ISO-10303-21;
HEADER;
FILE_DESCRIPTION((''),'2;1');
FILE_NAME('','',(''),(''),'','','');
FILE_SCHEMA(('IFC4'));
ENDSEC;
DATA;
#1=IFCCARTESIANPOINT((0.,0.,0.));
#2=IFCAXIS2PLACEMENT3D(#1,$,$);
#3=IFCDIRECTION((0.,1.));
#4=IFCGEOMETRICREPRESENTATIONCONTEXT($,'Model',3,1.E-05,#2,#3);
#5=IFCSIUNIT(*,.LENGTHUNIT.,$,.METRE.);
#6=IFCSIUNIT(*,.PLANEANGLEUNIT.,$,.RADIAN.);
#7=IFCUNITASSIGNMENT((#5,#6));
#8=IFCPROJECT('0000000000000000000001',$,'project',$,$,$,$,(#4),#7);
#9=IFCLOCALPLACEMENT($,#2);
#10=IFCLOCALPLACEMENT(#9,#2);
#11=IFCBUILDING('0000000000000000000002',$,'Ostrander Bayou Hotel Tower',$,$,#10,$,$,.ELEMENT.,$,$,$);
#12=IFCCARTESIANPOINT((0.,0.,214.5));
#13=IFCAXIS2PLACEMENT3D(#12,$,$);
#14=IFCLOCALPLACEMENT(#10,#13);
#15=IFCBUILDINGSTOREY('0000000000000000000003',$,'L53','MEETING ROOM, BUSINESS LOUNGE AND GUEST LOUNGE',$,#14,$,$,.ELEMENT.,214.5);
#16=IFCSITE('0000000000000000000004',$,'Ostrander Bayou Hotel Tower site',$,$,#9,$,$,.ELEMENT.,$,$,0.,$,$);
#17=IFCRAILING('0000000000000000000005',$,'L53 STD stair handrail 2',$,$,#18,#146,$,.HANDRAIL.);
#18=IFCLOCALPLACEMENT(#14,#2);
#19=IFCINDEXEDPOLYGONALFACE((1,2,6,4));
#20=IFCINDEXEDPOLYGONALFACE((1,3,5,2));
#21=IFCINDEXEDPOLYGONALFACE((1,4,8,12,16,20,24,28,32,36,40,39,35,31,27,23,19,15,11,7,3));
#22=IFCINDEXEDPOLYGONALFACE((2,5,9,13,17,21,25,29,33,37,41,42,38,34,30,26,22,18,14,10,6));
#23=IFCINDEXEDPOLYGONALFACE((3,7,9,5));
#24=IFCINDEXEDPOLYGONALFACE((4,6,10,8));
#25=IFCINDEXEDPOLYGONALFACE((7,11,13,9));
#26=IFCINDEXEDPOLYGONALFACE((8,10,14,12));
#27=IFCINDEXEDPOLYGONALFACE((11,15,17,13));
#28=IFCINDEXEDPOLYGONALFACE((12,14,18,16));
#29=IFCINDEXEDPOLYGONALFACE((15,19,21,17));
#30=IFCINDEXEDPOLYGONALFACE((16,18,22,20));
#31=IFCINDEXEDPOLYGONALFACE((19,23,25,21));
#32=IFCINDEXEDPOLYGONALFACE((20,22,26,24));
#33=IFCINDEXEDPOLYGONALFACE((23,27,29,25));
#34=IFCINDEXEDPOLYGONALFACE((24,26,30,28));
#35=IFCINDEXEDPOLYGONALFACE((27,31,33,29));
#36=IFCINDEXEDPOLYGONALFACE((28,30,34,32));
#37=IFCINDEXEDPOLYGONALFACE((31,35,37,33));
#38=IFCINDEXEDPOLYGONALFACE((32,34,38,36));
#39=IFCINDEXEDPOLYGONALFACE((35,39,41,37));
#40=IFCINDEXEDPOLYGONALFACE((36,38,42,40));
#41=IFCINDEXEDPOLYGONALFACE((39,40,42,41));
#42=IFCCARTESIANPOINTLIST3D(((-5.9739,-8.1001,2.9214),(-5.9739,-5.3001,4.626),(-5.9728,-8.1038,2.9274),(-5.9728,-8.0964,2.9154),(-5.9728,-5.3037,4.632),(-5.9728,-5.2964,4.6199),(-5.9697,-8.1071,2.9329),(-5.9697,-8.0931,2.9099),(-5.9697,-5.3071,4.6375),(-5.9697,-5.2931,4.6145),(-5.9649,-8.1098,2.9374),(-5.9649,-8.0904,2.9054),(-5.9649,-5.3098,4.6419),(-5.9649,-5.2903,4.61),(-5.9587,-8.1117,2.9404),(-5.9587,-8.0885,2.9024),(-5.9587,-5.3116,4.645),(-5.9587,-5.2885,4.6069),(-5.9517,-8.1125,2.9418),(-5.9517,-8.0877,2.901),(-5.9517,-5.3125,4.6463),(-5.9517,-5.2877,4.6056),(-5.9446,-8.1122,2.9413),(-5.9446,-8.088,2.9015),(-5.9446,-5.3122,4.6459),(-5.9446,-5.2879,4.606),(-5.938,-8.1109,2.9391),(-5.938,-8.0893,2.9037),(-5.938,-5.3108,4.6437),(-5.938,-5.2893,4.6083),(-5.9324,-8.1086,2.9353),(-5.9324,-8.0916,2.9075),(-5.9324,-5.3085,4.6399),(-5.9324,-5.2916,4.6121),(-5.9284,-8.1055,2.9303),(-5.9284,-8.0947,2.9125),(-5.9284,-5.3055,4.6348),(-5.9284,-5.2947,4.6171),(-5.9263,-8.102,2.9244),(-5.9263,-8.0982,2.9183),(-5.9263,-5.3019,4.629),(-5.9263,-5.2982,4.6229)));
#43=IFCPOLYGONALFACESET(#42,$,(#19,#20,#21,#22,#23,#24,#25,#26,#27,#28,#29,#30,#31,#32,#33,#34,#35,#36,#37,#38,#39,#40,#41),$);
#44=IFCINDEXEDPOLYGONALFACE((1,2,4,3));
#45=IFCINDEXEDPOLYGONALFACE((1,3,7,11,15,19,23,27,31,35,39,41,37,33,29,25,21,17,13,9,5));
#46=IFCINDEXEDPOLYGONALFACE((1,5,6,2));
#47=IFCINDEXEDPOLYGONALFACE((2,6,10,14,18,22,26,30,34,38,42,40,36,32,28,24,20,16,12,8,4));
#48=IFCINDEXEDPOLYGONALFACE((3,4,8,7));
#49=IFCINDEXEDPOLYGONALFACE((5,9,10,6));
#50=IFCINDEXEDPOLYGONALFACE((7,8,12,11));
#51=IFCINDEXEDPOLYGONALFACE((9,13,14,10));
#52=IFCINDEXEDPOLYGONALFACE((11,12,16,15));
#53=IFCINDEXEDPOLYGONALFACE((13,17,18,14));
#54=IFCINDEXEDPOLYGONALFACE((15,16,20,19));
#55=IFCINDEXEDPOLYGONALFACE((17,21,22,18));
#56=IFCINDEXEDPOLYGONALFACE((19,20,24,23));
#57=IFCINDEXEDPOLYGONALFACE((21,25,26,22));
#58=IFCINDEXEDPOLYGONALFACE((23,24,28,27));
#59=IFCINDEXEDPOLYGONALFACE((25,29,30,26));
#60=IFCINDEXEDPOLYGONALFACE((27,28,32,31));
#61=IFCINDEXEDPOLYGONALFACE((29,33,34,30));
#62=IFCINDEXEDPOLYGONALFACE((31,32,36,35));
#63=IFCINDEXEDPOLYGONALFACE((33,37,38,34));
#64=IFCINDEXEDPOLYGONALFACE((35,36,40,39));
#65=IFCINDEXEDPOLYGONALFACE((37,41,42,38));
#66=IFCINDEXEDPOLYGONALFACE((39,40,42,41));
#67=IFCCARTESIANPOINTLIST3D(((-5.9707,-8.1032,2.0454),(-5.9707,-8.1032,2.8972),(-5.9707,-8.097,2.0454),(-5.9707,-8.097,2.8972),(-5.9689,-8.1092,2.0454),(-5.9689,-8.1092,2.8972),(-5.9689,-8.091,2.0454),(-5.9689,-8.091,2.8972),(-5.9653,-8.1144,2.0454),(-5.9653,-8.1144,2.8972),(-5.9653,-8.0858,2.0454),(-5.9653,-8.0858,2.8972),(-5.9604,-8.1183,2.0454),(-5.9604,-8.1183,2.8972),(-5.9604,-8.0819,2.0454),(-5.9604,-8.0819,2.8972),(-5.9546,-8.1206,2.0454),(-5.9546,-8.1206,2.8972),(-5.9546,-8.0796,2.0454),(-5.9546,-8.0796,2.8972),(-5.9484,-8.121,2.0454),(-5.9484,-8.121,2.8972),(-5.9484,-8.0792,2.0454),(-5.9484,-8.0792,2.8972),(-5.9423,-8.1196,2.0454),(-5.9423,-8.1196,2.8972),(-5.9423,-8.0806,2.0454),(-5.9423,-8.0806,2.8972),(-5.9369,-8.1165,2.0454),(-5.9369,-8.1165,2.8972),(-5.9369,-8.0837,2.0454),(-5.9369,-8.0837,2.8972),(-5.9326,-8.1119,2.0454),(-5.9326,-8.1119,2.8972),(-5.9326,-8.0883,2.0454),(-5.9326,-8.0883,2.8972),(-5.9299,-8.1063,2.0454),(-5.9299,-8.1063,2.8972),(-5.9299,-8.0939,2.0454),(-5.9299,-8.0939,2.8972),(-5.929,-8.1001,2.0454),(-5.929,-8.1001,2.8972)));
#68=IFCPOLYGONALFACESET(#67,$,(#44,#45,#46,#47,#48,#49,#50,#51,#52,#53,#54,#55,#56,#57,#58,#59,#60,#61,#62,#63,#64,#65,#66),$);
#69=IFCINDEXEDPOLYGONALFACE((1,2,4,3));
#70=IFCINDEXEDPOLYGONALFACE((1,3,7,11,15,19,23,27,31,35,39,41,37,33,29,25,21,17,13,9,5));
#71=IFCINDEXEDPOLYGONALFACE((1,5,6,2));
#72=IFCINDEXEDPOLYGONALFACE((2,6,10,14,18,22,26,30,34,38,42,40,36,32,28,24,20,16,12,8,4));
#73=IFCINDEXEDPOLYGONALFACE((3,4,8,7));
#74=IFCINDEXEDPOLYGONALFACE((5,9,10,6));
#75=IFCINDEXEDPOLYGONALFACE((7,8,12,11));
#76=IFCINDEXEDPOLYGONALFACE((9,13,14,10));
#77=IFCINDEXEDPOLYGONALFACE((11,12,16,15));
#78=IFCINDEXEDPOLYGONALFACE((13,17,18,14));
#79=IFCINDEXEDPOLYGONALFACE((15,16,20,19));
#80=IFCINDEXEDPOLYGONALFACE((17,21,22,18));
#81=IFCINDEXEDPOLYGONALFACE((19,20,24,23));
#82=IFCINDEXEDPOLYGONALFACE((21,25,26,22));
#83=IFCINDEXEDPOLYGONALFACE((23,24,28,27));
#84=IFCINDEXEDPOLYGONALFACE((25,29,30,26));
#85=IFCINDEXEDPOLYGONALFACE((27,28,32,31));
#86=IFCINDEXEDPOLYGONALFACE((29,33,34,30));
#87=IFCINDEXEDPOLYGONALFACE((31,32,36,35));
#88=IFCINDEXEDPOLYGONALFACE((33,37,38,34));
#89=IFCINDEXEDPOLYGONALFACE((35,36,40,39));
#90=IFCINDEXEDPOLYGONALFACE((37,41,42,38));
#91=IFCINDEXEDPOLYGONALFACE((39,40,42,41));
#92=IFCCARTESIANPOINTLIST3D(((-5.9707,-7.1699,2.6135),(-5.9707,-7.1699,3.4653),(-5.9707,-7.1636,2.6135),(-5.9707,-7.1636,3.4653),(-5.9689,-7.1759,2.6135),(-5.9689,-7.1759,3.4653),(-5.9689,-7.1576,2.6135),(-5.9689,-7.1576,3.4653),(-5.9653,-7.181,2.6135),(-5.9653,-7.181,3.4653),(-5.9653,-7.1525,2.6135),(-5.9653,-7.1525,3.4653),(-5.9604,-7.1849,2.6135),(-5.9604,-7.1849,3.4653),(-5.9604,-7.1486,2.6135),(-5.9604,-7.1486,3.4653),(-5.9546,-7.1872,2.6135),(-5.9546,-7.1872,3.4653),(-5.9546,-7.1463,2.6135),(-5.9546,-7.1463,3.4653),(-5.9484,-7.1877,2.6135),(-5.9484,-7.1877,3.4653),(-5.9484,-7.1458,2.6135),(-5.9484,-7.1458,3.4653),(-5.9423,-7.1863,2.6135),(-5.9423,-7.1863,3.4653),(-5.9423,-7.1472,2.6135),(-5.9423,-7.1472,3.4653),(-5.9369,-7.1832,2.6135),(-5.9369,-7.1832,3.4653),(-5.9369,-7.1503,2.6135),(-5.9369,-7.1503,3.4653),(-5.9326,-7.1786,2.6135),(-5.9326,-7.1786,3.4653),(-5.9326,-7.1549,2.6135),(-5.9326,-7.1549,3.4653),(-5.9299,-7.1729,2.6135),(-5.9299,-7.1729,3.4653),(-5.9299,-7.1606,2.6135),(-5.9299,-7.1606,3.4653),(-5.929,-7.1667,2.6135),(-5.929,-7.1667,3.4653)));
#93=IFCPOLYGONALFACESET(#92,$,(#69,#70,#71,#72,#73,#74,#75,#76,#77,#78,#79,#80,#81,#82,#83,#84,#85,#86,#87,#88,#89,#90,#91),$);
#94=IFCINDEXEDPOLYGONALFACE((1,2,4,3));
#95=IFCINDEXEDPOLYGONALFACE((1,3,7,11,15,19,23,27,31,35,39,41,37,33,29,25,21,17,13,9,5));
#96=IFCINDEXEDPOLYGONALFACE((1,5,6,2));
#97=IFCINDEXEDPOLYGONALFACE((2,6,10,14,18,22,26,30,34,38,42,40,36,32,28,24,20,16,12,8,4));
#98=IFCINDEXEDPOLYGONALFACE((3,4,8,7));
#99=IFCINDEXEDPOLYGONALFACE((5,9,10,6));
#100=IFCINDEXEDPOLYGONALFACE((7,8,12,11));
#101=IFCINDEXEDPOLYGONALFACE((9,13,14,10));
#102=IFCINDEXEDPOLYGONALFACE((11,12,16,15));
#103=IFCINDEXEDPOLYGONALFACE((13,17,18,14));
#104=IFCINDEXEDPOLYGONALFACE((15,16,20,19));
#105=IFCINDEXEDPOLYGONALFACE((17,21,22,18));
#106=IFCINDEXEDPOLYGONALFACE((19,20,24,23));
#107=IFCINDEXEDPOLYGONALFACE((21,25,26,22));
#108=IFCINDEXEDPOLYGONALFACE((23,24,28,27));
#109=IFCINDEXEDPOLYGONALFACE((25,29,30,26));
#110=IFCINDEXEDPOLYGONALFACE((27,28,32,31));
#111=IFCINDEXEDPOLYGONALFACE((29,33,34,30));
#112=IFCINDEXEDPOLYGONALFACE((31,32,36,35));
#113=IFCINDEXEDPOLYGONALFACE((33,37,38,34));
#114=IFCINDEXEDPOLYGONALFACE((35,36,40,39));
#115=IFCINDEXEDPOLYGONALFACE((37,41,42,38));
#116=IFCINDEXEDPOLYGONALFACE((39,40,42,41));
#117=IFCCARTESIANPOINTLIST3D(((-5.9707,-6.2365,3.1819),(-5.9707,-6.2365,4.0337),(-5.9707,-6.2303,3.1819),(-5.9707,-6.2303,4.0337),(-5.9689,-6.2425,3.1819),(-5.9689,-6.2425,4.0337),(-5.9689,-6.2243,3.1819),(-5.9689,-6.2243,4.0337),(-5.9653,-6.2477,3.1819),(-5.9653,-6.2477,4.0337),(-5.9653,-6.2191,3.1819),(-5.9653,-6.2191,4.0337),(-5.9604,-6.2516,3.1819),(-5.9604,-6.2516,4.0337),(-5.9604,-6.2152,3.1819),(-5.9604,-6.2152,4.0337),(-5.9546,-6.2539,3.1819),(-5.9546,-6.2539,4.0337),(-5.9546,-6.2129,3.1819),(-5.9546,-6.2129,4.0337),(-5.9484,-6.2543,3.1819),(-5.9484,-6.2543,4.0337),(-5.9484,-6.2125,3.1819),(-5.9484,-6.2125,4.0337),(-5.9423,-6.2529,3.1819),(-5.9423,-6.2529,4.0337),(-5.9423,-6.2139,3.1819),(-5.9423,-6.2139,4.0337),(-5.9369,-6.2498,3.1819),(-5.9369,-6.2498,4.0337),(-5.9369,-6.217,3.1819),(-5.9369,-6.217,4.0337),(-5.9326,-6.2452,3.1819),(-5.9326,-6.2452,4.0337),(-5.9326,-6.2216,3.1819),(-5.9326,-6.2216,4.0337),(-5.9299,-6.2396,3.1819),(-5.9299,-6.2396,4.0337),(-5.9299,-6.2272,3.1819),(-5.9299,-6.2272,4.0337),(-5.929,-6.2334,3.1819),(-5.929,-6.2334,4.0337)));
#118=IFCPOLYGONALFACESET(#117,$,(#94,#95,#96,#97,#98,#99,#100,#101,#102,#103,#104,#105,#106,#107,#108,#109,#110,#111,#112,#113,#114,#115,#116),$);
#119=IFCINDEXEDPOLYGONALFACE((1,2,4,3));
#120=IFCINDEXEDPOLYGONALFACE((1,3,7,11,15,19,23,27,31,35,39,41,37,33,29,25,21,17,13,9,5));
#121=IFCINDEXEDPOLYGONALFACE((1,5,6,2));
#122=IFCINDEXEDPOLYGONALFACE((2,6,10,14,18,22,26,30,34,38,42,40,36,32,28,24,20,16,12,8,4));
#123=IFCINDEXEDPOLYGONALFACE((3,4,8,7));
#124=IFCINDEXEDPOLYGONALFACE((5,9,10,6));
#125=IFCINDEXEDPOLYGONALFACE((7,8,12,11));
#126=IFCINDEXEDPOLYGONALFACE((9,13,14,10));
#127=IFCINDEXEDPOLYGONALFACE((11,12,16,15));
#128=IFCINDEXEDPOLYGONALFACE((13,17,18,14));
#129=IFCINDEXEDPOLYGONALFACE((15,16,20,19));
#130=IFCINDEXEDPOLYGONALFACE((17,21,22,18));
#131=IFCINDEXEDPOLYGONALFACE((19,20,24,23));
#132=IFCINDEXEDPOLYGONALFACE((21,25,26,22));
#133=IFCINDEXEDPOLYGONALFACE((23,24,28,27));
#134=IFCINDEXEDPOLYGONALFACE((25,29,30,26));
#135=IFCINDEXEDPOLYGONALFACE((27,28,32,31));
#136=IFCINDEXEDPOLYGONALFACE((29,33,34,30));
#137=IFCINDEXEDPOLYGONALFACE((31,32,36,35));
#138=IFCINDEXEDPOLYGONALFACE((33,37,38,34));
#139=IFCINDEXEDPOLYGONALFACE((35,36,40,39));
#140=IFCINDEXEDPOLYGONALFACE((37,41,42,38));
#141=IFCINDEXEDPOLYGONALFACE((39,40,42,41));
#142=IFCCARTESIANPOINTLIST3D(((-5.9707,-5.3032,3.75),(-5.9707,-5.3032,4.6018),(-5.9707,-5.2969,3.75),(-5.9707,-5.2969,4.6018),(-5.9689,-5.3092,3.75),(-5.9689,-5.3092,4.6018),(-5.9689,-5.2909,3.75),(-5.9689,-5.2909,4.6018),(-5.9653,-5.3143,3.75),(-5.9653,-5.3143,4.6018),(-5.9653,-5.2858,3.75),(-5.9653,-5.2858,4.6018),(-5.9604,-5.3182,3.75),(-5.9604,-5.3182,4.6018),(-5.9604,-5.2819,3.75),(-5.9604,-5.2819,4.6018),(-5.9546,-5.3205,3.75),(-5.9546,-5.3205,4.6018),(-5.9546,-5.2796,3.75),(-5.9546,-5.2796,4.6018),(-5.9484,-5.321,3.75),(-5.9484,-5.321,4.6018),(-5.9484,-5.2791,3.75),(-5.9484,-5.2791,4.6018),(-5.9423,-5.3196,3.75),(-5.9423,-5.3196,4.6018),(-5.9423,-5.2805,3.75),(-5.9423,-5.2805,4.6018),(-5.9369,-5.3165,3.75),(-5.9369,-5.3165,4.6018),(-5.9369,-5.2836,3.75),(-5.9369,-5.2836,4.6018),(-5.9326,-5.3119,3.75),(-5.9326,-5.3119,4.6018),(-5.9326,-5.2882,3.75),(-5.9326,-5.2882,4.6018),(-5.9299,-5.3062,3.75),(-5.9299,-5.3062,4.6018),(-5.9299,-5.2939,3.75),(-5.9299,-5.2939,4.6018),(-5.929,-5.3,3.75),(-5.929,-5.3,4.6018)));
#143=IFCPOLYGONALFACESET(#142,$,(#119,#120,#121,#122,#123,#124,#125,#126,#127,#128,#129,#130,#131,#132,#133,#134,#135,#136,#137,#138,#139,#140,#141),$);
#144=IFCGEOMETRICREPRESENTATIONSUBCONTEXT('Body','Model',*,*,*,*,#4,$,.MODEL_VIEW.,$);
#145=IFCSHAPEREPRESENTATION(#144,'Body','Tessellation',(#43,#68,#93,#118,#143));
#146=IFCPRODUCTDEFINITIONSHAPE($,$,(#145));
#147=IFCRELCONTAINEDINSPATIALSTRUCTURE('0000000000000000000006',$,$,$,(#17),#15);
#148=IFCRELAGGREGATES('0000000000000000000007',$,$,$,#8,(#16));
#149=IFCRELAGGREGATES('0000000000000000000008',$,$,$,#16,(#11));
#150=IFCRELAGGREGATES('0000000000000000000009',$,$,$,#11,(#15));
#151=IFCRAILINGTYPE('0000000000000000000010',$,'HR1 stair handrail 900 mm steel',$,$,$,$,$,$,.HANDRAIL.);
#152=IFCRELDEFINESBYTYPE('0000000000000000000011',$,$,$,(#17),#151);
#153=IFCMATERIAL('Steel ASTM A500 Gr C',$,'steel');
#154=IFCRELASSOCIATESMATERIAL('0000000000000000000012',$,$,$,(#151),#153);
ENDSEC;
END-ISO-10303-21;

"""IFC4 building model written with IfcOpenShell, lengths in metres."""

from ifc_helpers import new_model, si_unit, direction, frame, origin, origin_2d, place, context, subcontext, project, spatial, circle, extrude, material, type_object, element, save


model = new_model("IFC4")

# Units and contexts
model_context = context("Model", 3, precision=1e-05, world=origin(), true_north=direction((0.0, 1.0)))
body_context = subcontext(model_context, "Body", "Model", "MODEL_VIEW")
ifc_project = project(units=[si_unit("LENGTHUNIT", "METRE"), si_unit("PLANEANGLEUNIT", "RADIAN")], contexts=[model_context])

# Site, building, storey
site_placement = place(None, origin())
site = spatial("IfcSite", under=ifc_project, at=site_placement, Name="Ostrander Bayou Hotel Tower site", CompositionType="ELEMENT", RefElevation=0.0)
building_placement = place(site_placement, origin())
building = spatial("IfcBuilding", under=site, at=building_placement, Name="Ostrander Bayou Hotel Tower", CompositionType="ELEMENT")
storey_placement = place(building_placement, frame((0.0, 0.0, 214.5)))
storey = spatial("IfcBuildingStorey", under=building, at=storey_placement, Name="L53", Description="MEETING ROOM, BUSINESS LOUNGE AND GUEST LOUNGE", CompositionType="ELEMENT", Elevation=214.5)

# Railing
ifc_material_1 = material(Name="Steel ASTM A500 Gr C", Category="steel")
railing_type_1 = type_object("IfcRailingType", Name="HR1 stair handrail 900 mm steel", PredefinedType="HANDRAIL", material=ifc_material_1)
railing_1_placement = place(storey_placement, frame((-5.95, -8.1001, 2.0454)))
element("IfcRailing", 1, at=railing_1_placement, inside=storey, type_object=railing_type_1, Name="L53 STD stair handrail 2", PredefinedType="HANDRAIL", context=body_context, shape_type="SweptSolid", body=[
    extrude(circle(Radius=0.0239, at=origin_2d()), frame((0.0, 0.0, 0.876), z_axis=(0.0, 0.85417, 0.519994), x_axis=(-1.0, 0.0, 0.0)), (0.0, 0.0, 1.0), 3.2781),
    extrude(circle(Radius=0.021, at=origin_2d()), origin(), (0.0, 0.0, 1.0), 0.8518),
    extrude(circle(Radius=0.021, at=origin_2d()), frame((0.0, 0.9333, 0.5681)), (0.0, 0.0, 1.0), 0.8518),
    extrude(circle(Radius=0.021, at=origin_2d()), frame((0.0, 1.8667, 1.1365)), (0.0, 0.0, 1.0), 0.8518),
    extrude(circle(Radius=0.021, at=origin_2d()), frame((0.0, 2.8, 1.7046)), (0.0, 0.0, 1.0), 0.8518),
])

save(model, "model.ifc")
